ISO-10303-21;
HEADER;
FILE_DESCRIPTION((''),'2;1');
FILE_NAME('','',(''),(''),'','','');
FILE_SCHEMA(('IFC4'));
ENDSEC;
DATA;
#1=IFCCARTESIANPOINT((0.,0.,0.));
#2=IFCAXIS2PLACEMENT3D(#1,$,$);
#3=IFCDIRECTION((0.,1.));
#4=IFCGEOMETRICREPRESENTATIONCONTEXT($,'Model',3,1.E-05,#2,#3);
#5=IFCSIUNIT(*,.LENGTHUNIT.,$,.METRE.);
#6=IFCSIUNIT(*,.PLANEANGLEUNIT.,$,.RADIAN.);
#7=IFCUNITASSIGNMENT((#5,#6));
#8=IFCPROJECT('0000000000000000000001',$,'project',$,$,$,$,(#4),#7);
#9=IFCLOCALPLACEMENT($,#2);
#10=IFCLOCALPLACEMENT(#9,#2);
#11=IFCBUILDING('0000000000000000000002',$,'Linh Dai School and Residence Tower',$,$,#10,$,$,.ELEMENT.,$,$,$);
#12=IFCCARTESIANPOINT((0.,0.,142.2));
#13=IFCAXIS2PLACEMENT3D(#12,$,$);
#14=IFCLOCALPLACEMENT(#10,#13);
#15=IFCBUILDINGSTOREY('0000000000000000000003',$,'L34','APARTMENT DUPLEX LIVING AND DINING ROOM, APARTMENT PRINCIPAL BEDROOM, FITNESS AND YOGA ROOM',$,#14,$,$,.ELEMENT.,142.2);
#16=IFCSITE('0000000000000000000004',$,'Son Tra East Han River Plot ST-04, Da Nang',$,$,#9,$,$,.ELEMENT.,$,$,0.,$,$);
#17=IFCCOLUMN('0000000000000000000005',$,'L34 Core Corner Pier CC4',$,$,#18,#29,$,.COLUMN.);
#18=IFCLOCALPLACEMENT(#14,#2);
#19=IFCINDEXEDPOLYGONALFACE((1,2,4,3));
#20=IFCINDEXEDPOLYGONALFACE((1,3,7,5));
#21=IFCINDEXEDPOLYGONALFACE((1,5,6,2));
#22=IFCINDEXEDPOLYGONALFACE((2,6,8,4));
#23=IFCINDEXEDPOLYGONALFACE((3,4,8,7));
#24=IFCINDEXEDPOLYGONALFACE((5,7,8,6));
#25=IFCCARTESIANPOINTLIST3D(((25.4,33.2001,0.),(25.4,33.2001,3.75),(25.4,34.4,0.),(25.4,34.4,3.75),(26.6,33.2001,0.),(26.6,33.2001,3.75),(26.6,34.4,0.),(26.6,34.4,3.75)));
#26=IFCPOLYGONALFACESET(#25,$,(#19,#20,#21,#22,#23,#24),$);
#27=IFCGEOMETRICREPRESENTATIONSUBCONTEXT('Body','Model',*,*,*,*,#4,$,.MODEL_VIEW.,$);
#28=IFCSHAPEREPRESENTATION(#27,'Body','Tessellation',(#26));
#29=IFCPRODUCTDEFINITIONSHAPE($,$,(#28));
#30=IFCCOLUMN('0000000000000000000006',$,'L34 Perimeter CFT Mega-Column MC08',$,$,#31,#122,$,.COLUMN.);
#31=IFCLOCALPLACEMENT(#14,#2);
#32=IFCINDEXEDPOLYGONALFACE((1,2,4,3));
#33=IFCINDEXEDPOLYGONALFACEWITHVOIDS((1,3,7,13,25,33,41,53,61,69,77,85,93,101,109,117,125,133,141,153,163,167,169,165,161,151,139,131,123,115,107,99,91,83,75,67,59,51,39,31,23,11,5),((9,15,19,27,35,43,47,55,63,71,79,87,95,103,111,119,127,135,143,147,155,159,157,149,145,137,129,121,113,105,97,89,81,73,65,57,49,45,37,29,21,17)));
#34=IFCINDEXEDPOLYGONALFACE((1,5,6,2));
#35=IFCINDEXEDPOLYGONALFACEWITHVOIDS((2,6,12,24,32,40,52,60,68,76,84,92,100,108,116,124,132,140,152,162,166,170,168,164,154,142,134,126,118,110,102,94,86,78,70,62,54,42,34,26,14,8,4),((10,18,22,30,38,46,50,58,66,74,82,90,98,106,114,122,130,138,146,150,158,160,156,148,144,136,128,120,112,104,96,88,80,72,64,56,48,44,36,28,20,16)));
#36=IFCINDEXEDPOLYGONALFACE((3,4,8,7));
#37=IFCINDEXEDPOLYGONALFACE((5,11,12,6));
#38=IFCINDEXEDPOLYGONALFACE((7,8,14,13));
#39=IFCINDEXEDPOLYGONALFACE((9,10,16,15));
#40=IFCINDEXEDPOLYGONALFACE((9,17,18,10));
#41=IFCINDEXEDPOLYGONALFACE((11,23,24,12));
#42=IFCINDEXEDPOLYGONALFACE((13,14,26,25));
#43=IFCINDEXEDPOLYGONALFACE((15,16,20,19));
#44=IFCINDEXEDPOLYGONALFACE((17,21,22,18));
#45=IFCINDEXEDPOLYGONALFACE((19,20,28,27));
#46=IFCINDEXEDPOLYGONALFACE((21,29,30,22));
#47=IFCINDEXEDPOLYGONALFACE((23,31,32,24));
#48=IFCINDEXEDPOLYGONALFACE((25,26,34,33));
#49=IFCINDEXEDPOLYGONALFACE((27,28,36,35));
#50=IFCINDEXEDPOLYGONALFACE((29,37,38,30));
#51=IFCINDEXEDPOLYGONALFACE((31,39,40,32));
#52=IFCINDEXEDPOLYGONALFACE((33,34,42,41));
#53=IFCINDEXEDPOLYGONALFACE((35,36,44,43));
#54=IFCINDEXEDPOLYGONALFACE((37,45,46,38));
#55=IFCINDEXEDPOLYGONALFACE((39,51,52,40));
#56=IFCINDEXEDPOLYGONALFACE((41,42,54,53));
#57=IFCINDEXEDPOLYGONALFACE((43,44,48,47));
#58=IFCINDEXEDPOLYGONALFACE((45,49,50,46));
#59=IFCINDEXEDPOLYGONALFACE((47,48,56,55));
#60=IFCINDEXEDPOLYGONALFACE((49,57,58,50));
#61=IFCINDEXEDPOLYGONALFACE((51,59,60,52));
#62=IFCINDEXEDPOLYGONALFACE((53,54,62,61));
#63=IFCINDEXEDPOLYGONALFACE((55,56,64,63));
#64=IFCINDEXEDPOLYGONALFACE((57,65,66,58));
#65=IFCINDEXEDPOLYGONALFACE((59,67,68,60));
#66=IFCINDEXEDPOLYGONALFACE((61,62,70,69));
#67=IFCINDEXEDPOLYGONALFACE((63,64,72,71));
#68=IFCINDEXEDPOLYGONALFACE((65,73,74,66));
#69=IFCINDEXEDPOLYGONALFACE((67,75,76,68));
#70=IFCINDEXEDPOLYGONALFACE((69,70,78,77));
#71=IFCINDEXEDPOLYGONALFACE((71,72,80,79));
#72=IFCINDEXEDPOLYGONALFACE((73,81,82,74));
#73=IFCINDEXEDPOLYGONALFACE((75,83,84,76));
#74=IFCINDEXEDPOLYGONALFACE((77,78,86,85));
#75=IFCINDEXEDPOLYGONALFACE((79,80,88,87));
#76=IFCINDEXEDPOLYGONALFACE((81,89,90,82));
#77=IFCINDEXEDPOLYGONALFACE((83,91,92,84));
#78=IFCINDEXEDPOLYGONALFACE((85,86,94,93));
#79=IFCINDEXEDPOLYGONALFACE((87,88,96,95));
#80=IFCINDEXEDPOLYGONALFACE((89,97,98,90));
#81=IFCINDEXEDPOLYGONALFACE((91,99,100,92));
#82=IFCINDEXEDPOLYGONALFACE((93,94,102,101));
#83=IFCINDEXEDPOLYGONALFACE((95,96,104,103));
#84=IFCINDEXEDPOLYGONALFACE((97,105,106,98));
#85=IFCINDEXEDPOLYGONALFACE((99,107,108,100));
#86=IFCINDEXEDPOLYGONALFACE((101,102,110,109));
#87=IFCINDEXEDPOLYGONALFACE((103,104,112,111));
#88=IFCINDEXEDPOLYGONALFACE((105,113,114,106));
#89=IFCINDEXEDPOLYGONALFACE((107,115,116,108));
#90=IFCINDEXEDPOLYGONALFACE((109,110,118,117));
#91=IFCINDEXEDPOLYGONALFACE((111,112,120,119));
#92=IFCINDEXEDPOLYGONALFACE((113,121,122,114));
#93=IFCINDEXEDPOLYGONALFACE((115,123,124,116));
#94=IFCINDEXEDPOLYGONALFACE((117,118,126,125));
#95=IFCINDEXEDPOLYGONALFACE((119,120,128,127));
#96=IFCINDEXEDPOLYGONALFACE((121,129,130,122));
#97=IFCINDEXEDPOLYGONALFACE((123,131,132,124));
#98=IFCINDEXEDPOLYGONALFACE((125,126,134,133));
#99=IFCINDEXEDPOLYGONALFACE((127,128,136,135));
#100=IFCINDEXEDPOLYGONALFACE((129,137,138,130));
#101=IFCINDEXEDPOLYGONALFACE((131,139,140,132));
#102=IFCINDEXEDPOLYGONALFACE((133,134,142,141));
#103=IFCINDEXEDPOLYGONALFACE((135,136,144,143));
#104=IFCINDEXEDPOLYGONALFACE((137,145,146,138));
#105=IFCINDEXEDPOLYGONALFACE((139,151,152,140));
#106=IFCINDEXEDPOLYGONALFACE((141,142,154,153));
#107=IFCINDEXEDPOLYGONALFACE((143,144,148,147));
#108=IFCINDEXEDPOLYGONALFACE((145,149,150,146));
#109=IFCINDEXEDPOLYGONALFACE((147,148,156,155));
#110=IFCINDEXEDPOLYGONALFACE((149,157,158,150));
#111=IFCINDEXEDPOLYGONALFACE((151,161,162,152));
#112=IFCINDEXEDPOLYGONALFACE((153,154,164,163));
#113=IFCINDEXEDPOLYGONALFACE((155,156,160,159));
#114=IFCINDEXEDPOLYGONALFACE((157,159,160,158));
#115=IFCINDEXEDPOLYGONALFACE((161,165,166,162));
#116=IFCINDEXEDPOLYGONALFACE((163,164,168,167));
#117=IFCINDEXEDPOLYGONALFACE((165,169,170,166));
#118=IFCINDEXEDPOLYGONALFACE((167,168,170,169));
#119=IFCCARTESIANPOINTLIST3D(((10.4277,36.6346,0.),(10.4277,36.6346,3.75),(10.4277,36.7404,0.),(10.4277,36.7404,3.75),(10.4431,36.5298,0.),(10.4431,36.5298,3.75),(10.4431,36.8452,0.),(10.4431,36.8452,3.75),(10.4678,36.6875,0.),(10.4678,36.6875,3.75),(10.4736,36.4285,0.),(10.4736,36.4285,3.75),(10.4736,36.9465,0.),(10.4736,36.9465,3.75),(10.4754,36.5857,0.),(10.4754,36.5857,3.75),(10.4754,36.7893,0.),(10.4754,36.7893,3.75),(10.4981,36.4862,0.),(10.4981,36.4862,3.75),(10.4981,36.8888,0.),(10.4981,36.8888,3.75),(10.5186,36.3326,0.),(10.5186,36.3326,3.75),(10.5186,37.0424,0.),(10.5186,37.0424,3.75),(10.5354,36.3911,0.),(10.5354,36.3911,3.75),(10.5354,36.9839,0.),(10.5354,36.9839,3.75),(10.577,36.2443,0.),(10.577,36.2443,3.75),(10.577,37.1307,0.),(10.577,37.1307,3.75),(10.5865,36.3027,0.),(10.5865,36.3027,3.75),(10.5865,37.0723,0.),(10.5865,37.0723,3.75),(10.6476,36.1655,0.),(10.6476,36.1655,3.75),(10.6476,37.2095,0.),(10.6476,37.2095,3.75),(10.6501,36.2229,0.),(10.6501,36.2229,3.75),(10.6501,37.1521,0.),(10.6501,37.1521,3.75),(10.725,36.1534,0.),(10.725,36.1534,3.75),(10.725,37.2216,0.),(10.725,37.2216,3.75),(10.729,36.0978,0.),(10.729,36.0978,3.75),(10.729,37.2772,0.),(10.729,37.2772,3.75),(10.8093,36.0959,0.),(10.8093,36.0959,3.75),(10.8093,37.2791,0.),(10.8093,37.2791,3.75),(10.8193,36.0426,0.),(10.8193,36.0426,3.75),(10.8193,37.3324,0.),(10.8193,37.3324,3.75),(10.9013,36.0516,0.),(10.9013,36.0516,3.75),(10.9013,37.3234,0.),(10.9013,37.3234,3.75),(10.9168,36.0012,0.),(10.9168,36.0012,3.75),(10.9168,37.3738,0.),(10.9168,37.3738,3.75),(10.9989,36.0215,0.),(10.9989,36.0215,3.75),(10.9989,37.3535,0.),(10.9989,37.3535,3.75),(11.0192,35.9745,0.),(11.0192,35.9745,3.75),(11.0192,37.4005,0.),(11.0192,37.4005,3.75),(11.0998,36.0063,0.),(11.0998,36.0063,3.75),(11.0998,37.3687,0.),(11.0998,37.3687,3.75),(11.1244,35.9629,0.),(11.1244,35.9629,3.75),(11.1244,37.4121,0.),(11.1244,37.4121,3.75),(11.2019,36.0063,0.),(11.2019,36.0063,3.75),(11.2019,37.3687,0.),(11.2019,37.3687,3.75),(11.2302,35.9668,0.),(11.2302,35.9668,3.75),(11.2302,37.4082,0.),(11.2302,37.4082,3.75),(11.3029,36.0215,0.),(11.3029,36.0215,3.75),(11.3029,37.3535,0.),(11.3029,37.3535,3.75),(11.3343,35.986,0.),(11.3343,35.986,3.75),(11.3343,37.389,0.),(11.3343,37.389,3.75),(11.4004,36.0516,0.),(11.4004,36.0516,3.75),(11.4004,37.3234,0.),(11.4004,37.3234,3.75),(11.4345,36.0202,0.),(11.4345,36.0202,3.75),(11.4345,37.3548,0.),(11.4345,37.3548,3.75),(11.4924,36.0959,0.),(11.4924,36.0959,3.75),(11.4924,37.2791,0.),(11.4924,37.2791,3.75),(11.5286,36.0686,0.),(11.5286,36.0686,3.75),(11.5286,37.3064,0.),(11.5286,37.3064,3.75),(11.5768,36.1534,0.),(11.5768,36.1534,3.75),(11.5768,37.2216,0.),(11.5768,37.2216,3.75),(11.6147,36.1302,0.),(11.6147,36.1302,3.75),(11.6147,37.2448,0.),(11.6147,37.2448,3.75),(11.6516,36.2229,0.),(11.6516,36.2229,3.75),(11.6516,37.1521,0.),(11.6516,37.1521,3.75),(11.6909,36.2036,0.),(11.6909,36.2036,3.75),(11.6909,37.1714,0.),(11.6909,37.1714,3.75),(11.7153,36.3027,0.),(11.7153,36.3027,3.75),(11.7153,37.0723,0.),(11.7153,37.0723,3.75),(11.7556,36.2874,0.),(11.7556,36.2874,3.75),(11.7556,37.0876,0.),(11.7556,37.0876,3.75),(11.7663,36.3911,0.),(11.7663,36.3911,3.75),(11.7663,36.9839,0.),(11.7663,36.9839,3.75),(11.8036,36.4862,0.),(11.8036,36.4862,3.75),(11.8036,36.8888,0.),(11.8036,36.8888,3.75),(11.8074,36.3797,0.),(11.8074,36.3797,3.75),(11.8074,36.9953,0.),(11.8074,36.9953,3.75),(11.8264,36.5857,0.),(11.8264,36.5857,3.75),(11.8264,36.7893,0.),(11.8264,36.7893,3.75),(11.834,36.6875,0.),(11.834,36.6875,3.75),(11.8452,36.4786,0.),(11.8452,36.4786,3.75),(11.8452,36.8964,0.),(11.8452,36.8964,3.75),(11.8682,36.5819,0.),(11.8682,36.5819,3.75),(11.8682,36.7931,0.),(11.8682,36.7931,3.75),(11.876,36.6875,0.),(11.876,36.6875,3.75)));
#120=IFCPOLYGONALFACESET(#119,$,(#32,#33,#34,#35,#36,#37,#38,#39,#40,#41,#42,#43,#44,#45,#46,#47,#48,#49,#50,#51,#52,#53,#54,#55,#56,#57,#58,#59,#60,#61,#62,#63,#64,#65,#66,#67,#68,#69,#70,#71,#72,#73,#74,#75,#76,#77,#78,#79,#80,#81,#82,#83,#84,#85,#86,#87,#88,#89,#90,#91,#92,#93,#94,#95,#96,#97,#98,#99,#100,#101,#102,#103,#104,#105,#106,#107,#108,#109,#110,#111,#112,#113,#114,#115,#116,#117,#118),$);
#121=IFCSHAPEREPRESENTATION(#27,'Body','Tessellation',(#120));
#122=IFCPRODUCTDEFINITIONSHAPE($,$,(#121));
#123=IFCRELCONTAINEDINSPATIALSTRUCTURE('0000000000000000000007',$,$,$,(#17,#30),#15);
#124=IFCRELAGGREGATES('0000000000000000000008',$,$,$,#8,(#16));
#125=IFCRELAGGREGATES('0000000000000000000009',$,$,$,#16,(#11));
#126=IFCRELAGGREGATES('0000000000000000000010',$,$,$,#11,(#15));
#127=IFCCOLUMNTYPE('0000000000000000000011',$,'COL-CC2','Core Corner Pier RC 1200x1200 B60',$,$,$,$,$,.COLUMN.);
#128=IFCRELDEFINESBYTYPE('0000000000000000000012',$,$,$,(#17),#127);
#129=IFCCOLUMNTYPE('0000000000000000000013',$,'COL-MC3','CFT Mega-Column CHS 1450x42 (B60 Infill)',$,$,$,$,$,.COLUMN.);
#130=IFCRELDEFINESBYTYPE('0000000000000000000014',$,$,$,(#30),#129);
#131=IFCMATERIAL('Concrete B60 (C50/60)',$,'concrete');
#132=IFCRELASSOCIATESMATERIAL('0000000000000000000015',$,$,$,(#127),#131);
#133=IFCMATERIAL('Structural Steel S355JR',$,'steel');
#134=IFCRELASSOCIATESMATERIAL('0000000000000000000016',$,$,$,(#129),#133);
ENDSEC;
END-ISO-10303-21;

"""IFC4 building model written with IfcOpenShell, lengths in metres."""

from ifc_helpers import new_model, si_unit, direction, frame, origin, origin_2d, place, context, subcontext, project, spatial, rectangle, hollow_circle, extrude, material, material_profile, profile_set, type_object, element, save


model = new_model("IFC4")

# Units and contexts
model_context = context("Model", 3, precision=1e-05, world=origin(), true_north=direction((0.0, 1.0)))
body_context = subcontext(model_context, "Body", "Model", "MODEL_VIEW")
ifc_project = project(units=[si_unit("LENGTHUNIT", "METRE"), si_unit("PLANEANGLEUNIT", "RADIAN")], contexts=[model_context])

# Site, building, storey
site_placement = place(None, origin())
site = spatial("IfcSite", under=ifc_project, at=site_placement, Name="Son Tra East Han River Plot ST-04, Da Nang", CompositionType="ELEMENT", RefElevation=0.0)
building_placement = place(site_placement, origin())
building = spatial("IfcBuilding", under=site, at=building_placement, Name="Linh Dai School and Residence Tower", CompositionType="ELEMENT")
storey_placement = place(building_placement, frame((0.0, 0.0, 142.2)))
storey = spatial("IfcBuildingStorey", under=building, at=storey_placement, Name="L34", Description="APARTMENT DUPLEX LIVING AND DINING ROOM, APARTMENT PRINCIPAL BEDROOM, FITNESS AND YOGA ROOM", CompositionType="ELEMENT", Elevation=142.2)

# Columns
ifc_material_1 = material(Name="Concrete B60 (C50/60)", Category="concrete")
ifc_material_profile_1 = material_profile(ifc_material_1, rectangle(XDim=1.2, YDim=1.2, at=origin_2d()), Name="RC 1200x1200")
ifc_profile_set_1 = profile_set([ifc_material_profile_1], Name="Concrete B60 (C50/60)")
column_type_1 = type_object("IfcColumnType", Name="COL-CC2", Description="Core Corner Pier RC 1200x1200 B60", PredefinedType="COLUMN", material=ifc_profile_set_1)
column_placement = place(storey_placement, frame((26.0, 33.8, 0.0), z_axis=(0.0, 0.0, 1.0), x_axis=(1.0, 0.0, 0.0)))
element("IfcColumn", 1, at=column_placement, inside=storey, type_object=column_type_1, Name="L34 Core Corner Pier CC4", PredefinedType="COLUMN", context=body_context, shape_type="SweptSolid", body=[
    extrude(rectangle(XDim=1.2, YDim=1.2, at=origin_2d()), origin(), (0.0, 0.0, 1.0), 3.75),
])
ifc_material_2 = material(Name="Structural Steel S355JR", Category="steel")
ifc_material_profile_2 = material_profile(ifc_material_2, hollow_circle(Radius=0.7251, WallThickness=0.042, at=origin_2d()), Name="CHS 1450x42")
ifc_profile_set_2 = profile_set([ifc_material_profile_2], Name="Structural Steel S355JR")
column_type_2 = type_object("IfcColumnType", Name="COL-MC3", Description="CFT Mega-Column CHS 1450x42 (B60 Infill)", PredefinedType="COLUMN", material=ifc_profile_set_2)
for number, where, z_axis, x_axis, name in (
    (2, (11.1509, 36.6875, 0.0), (0.0, 0.0, 1.0), (1.0, 0.0, 0.0), "L34 Perimeter CFT Mega-Column MC08"),
):
    element("IfcColumn", number, at=place(storey_placement, frame(where, z_axis=z_axis, x_axis=x_axis)), inside=storey, type_object=column_type_2, Name=name, PredefinedType="COLUMN", context=body_context, shape_type="SweptSolid", body=[
        extrude(hollow_circle(Radius=0.7251, WallThickness=0.042, at=origin_2d()), origin(), (0.0, 0.0, 1.0), 3.75),
    ])

save(model, "model.ifc")
